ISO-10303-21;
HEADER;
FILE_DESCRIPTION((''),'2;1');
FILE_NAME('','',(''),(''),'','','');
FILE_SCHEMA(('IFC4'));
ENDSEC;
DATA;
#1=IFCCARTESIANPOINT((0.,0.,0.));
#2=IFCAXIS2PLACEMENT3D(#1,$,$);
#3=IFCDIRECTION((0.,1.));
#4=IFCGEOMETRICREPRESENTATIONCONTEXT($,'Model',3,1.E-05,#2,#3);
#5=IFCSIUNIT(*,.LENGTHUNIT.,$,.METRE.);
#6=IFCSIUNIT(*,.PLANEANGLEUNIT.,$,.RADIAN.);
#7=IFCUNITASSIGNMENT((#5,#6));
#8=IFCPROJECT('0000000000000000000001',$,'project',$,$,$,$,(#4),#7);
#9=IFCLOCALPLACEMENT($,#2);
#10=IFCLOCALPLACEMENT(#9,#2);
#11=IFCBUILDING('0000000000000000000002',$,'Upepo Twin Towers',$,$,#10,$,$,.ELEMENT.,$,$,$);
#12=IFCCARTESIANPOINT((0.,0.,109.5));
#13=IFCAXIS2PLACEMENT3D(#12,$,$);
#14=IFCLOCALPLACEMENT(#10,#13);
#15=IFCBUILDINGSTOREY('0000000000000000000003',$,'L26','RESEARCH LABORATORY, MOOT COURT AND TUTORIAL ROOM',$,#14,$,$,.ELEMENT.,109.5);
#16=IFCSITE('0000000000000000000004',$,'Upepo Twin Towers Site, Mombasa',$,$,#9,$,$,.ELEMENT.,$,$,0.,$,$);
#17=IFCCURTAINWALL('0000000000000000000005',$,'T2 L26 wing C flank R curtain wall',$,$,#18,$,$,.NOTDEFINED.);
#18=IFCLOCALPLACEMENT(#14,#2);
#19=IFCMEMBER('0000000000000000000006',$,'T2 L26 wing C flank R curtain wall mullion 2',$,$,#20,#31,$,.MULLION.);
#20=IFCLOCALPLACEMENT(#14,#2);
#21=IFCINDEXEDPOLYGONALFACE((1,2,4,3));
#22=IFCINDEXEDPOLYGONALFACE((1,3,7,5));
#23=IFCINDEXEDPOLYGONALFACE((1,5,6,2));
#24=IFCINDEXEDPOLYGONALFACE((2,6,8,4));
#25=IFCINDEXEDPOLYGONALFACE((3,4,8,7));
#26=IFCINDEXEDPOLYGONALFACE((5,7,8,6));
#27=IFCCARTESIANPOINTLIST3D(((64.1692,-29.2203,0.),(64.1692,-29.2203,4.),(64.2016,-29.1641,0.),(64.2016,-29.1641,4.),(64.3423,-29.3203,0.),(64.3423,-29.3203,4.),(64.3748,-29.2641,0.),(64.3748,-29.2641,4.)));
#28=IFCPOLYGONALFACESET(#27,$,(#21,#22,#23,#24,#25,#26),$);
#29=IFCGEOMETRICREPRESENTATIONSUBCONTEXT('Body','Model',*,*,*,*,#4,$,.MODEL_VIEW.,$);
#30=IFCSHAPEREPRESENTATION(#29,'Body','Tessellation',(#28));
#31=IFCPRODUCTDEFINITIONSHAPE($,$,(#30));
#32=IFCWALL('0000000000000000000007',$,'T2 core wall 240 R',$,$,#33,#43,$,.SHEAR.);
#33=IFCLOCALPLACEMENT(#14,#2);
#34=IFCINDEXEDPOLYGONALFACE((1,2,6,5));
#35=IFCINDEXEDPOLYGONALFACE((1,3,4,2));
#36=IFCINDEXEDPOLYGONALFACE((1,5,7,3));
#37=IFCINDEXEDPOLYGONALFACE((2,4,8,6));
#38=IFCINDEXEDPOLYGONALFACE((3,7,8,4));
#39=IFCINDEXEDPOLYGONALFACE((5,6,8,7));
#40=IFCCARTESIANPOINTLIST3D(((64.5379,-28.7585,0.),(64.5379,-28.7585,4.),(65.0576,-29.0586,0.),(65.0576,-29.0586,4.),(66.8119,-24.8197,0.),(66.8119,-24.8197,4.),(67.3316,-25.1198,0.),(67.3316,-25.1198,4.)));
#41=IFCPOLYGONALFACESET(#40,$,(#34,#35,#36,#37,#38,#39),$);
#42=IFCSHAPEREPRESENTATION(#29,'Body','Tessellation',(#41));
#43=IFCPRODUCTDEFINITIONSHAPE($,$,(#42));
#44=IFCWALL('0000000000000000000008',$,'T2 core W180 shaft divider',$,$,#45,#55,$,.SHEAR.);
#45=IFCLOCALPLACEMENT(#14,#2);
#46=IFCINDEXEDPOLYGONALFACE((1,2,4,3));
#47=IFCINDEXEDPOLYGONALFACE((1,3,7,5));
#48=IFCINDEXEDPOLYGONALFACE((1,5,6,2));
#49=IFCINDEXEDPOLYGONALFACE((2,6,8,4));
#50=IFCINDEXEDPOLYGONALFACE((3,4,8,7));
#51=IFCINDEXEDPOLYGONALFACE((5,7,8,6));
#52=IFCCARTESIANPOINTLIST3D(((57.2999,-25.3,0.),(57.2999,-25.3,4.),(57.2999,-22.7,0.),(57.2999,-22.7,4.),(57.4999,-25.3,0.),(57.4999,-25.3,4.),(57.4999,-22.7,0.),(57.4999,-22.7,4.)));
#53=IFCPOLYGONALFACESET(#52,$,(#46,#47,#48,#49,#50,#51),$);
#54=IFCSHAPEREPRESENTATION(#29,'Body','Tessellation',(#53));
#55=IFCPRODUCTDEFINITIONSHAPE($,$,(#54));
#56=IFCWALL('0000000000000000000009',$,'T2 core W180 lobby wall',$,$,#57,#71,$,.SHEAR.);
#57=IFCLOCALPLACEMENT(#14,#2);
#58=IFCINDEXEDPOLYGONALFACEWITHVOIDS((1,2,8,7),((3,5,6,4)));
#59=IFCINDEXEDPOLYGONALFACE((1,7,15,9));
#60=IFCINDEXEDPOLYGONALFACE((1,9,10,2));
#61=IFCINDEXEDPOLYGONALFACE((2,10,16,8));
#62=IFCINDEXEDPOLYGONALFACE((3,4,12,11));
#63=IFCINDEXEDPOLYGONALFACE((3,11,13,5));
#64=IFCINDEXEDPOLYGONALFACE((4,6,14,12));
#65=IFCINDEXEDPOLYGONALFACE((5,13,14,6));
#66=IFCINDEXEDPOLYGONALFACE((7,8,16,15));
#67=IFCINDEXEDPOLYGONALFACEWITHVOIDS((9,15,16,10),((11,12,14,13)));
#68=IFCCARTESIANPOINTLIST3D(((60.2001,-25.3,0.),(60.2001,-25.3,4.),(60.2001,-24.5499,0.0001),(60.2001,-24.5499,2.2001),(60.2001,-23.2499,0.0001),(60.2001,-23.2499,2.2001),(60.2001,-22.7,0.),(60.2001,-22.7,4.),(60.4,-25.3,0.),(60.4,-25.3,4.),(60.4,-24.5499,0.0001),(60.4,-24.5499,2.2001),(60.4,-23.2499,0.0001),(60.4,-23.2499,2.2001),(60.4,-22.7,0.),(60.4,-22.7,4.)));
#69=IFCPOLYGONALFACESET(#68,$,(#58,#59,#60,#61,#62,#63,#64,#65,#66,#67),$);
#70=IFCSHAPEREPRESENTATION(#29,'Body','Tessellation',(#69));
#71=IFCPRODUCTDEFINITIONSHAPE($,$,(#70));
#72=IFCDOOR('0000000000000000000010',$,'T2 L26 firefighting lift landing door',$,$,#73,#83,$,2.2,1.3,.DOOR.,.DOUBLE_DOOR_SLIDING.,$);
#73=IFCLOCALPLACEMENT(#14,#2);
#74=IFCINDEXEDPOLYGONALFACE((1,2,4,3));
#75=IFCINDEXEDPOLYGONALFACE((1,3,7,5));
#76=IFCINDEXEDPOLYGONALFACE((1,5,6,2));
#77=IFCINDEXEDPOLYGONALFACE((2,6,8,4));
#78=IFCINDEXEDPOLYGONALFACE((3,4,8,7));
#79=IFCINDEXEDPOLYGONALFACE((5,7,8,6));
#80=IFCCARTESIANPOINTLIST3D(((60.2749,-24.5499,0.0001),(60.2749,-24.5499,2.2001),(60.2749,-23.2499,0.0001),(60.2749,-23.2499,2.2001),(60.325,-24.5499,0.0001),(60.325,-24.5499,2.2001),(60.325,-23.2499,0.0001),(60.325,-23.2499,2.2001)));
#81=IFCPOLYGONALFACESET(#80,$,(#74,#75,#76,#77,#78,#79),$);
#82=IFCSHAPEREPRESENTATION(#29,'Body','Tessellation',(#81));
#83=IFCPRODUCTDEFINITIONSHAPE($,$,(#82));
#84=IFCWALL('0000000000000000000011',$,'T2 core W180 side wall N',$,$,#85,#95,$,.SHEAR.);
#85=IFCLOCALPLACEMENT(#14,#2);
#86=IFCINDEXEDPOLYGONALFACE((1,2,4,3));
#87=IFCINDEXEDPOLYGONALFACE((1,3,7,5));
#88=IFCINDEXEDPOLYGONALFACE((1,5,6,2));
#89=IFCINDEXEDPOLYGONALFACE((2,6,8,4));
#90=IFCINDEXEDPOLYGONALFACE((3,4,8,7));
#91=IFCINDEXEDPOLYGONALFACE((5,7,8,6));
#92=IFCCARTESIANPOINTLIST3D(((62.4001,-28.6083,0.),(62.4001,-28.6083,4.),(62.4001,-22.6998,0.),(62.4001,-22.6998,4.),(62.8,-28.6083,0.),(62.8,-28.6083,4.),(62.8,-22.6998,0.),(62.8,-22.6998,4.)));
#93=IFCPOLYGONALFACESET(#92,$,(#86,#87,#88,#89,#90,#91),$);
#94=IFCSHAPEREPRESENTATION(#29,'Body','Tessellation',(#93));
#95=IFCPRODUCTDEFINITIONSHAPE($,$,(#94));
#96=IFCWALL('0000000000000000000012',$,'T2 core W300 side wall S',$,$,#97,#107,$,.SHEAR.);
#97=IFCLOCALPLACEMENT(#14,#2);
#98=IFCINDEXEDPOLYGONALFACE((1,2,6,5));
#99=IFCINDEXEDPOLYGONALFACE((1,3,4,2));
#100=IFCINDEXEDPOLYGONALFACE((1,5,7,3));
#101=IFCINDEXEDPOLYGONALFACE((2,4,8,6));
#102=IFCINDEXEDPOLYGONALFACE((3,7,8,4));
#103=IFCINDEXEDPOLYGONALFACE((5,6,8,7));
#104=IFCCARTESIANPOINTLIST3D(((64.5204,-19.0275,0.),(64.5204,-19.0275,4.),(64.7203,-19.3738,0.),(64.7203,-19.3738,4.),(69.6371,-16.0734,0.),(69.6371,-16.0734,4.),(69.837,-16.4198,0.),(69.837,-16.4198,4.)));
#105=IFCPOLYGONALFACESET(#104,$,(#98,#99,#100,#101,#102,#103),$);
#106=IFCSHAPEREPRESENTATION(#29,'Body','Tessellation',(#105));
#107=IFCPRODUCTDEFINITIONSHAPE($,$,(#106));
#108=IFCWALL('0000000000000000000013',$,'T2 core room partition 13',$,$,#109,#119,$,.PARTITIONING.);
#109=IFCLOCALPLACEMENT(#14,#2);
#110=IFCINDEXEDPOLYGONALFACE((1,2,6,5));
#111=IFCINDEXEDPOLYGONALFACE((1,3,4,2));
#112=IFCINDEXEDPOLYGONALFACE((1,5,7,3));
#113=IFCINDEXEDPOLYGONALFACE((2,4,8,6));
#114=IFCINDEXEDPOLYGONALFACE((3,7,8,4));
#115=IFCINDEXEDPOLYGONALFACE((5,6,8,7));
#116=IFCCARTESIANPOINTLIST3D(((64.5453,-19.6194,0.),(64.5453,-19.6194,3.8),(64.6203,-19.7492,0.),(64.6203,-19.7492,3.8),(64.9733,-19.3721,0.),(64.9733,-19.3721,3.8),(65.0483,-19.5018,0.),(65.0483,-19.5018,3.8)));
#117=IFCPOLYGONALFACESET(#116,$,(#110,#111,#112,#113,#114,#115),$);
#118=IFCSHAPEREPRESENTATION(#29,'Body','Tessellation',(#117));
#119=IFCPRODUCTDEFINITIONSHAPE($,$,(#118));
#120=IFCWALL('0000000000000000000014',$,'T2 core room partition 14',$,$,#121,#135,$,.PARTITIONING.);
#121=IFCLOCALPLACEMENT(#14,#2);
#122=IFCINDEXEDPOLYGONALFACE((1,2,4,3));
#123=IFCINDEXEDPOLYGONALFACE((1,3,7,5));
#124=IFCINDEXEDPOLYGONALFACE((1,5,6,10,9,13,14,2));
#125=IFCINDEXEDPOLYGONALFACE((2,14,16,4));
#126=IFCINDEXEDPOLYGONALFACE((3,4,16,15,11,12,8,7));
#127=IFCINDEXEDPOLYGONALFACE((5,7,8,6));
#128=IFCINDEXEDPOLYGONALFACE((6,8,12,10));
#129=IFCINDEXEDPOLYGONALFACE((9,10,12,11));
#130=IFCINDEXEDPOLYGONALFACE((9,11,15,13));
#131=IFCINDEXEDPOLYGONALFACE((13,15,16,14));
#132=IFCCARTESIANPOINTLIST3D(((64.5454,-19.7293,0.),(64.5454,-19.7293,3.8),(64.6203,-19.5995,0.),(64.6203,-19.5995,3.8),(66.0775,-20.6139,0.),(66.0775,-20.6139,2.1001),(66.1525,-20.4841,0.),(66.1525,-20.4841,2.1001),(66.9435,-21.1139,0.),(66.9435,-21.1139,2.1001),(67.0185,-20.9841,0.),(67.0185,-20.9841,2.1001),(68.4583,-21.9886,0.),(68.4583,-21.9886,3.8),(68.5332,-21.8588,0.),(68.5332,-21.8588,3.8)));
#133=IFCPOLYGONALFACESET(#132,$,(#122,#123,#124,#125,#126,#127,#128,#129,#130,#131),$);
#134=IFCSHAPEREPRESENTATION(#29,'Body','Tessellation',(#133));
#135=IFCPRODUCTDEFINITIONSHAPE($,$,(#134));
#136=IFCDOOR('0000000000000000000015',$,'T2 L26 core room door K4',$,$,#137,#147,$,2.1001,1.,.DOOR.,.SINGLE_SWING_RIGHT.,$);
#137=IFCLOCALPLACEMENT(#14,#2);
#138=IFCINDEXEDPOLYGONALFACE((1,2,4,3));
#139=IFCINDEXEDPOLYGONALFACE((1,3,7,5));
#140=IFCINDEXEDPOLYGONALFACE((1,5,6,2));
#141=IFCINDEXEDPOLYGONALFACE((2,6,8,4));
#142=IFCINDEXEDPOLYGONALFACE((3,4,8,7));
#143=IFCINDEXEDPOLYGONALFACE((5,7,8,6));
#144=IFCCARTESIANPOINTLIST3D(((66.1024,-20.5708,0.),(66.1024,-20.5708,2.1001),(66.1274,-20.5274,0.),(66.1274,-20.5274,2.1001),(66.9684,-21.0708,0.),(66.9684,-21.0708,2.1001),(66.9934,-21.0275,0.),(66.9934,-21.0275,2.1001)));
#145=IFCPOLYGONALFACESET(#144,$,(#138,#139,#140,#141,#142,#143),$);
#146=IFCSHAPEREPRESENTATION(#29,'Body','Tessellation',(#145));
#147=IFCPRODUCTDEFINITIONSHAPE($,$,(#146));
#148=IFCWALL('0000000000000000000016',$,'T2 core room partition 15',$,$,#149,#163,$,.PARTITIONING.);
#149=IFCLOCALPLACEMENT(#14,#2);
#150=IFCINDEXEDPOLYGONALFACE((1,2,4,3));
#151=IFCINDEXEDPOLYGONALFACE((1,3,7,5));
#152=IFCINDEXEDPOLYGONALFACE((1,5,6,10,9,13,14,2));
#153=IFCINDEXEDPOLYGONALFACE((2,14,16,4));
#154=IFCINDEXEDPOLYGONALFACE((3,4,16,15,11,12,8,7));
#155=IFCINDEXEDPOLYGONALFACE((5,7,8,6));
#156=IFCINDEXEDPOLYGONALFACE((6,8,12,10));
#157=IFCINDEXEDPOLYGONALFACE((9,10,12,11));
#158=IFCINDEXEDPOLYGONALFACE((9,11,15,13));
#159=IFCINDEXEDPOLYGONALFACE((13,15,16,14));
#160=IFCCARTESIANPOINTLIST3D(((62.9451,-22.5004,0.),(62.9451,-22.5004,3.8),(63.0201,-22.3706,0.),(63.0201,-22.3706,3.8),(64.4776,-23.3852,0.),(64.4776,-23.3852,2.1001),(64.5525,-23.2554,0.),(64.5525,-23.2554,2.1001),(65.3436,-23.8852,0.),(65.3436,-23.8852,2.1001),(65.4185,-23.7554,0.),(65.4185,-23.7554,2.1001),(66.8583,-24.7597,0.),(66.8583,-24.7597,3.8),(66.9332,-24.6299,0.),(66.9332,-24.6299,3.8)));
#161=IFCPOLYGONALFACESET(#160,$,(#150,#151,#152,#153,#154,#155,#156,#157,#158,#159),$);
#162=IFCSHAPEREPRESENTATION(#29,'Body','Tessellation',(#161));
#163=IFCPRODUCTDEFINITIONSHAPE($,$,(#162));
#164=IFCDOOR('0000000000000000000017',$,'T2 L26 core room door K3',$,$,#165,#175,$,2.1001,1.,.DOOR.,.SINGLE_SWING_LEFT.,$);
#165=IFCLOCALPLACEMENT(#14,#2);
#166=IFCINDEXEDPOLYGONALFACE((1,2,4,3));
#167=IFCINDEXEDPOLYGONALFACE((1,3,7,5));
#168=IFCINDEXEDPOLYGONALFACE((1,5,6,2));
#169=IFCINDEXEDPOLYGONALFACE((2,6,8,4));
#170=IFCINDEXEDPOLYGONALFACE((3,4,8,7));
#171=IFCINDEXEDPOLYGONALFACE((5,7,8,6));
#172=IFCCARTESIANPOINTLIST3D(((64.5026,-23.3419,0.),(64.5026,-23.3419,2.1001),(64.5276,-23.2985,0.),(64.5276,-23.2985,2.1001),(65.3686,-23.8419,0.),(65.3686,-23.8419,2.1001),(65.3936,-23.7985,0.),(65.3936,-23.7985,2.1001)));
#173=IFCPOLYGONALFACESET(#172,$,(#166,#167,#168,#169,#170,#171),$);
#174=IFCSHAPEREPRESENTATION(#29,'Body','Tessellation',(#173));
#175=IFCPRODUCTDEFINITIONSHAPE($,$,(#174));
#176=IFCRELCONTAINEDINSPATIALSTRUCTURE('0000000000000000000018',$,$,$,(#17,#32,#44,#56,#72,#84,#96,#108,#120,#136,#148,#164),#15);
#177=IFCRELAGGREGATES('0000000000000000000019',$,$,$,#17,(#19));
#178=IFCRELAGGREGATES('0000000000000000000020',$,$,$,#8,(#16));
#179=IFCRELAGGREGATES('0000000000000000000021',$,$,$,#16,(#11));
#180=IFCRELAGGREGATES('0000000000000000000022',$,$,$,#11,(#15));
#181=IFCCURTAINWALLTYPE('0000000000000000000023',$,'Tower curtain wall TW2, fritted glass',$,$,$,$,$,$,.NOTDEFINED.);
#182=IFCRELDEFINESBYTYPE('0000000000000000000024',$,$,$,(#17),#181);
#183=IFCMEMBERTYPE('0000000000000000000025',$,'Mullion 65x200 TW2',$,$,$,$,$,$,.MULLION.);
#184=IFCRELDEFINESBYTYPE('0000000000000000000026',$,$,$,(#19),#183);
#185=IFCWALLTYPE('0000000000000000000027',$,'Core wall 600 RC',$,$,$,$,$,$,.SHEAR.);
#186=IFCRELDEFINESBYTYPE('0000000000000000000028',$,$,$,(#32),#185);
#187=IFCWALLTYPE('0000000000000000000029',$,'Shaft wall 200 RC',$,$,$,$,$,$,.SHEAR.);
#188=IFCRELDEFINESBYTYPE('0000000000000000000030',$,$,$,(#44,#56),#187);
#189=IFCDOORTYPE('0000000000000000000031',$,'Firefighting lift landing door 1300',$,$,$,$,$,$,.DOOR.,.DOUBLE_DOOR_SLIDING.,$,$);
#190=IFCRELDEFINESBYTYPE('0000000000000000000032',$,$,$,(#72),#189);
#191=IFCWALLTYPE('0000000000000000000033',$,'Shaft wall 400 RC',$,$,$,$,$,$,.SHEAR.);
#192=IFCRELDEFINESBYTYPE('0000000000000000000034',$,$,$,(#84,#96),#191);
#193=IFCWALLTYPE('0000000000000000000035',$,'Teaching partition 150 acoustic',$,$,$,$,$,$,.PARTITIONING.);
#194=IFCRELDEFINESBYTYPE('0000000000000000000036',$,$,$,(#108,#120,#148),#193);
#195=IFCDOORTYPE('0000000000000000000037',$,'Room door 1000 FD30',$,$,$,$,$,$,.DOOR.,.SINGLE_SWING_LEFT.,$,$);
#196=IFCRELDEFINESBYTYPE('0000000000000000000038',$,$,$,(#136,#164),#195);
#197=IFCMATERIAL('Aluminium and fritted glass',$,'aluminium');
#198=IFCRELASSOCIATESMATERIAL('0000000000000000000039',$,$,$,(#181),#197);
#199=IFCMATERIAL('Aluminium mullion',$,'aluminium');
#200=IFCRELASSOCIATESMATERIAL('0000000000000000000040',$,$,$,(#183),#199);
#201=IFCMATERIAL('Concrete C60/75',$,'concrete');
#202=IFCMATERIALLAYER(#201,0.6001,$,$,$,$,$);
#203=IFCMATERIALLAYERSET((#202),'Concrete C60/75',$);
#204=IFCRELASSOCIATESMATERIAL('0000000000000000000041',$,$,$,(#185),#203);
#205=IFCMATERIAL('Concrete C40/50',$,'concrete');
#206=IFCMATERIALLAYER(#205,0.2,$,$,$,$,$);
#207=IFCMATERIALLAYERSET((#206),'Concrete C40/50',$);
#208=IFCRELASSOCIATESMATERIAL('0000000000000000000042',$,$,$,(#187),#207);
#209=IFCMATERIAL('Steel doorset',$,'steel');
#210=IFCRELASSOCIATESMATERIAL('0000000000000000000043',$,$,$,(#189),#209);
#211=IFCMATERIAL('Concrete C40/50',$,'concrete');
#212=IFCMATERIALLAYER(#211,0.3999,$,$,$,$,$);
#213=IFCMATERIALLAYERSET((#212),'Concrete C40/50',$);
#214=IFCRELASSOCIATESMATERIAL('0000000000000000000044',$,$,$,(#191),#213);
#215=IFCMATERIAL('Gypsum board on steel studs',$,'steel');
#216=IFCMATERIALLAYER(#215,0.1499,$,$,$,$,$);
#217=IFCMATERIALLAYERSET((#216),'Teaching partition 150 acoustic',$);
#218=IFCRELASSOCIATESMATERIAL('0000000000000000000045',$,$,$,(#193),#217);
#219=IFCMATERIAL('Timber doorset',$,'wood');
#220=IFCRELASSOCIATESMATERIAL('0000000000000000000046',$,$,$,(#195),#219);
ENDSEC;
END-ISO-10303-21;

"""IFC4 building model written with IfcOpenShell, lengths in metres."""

from ifc_helpers import new_model, si_unit, direction, frame, frame_2d, origin, origin_2d, place, context, subcontext, project, spatial, rectangle, extrude, material, layer, layer_set, material_profile, profile_set, type_object, element, fill, aggregate, save


model = new_model("IFC4")

# Units and contexts
model_context = context("Model", 3, precision=1e-05, world=origin(), true_north=direction((0.0, 1.0)))
body_context = subcontext(model_context, "Body", "Model", "MODEL_VIEW")
ifc_project = project(units=[si_unit("LENGTHUNIT", "METRE"), si_unit("PLANEANGLEUNIT", "RADIAN")], contexts=[model_context])

# Site, building, storey
site_placement = place(None, origin())
site = spatial("IfcSite", under=ifc_project, at=site_placement, Name="Upepo Twin Towers Site, Mombasa", CompositionType="ELEMENT", RefElevation=0.0)
building_placement = place(site_placement, origin())
building = spatial("IfcBuilding", under=site, at=building_placement, Name="Upepo Twin Towers", CompositionType="ELEMENT")
storey_placement = place(building_placement, frame((0.0, 0.0, 109.5)))
storey = spatial("IfcBuildingStorey", under=building, at=storey_placement, Name="L26", Description="RESEARCH LABORATORY, MOOT COURT AND TUTORIAL ROOM", CompositionType="ELEMENT", Elevation=109.5)

# Curtain wall, member
ifc_material_1 = material(Name="Aluminium and fritted glass", Category="aluminium")
curtain_wall_type = type_object("IfcCurtainWallType", Name="Tower curtain wall TW2, fritted glass", PredefinedType="NOTDEFINED", material=ifc_material_1)
curtain_wall_placement = place(storey_placement, origin())
curtain_wall = element("IfcCurtainWall", 1, at=curtain_wall_placement, inside=storey, type_object=curtain_wall_type, Name="T2 L26 wing C flank R curtain wall", PredefinedType="NOTDEFINED")
ifc_material_2 = material(Name="Aluminium mullion", Category="aluminium")
ifc_material_profile = material_profile(ifc_material_2, rectangle(XDim=0.0649, YDim=0.2, at=origin_2d()), Name="MULLION 65x200")
ifc_profile_set = profile_set([ifc_material_profile], Name="Aluminium mullion")
member_type = type_object("IfcMemberType", Name="Mullion 65x200 TW2", PredefinedType="MULLION", material=ifc_profile_set)
member_placement = place(storey_placement, frame((64.272, -29.2422, 0.0), z_axis=(0.0, 0.0, 1.0), x_axis=(-0.5, -0.866025, 0.0)))
member = element("IfcMember", 2, at=member_placement, type_object=member_type, Name="T2 L26 wing C flank R curtain wall mullion 2", PredefinedType="MULLION", context=body_context, shape_type="SweptSolid", body=[
    extrude(rectangle(XDim=0.0649, YDim=0.2, at=origin_2d()), origin(), (0.0, 0.0, 1.0), 4.0),
])
aggregate(curtain_wall, [member])

# Walls
ifc_material_3 = material(Name="Concrete C60/75", Category="concrete")
ifc_layer_1 = layer(ifc_material_3, 0.6001)
ifc_layer_set_1 = layer_set([ifc_layer_1], Name="Concrete C60/75")
wall_type_1 = type_object("IfcWallType", Name="Core wall 600 RC", PredefinedType="SHEAR", material=ifc_layer_set_1)
wall_1_placement = place(storey_placement, frame((64.7979, -28.9084, 0.0), z_axis=(0.0, 0.0, 1.0), x_axis=(0.499984, 0.866035, 0.0)))
element("IfcWall", 3, at=wall_1_placement, inside=storey, type_object=wall_type_1, Name="T2 core wall 240 R", PredefinedType="SHEAR", context=body_context, shape_type="SweptSolid", body=[
    extrude(rectangle(XDim=4.5481, YDim=0.6001, at=frame_2d((2.2739, 0.0))), origin(), (0.0, 0.0, 1.0), 4.0),
])
ifc_material_4 = material(Name="Concrete C40/50", Category="concrete")
ifc_layer_2 = layer(ifc_material_4, 0.2)
ifc_layer_set_2 = layer_set([ifc_layer_2], Name="Concrete C40/50")
wall_type_2 = type_object("IfcWallType", Name="Shaft wall 200 RC", PredefinedType="SHEAR", material=ifc_layer_set_2)
wall_2_placement = place(storey_placement, frame((57.3999, -22.7, 0.0), z_axis=(0.0, 0.0, 1.0), x_axis=(0.0, -1.0, 0.0)))
element("IfcWall", 4, at=wall_2_placement, inside=storey, type_object=wall_type_2, Name="T2 core W180 shaft divider", PredefinedType="SHEAR", context=body_context, shape_type="SweptSolid", body=[
    extrude(rectangle(XDim=2.6001, YDim=0.2, at=frame_2d((1.3, 0.0))), origin(), (0.0, 0.0, 1.0), 4.0),
])

# Wall, opening, door
wall_3_placement = place(storey_placement, frame((60.3, -22.7, 0.0), z_axis=(0.0, 0.0, 1.0), x_axis=(0.0, -1.0, 0.0)))
wall_3 = element("IfcWall", 5, at=wall_3_placement, inside=storey, type_object=wall_type_2, Name="T2 core W180 lobby wall", PredefinedType="SHEAR", context=body_context, shape_type="SweptSolid", body=[
    extrude(rectangle(XDim=2.6001, YDim=0.2, at=frame_2d((1.3, 0.0))), origin(), (0.0, 0.0, 1.0), 4.0),
])
opening_1_placement = place(wall_3_placement, frame((0.55, 0.0, 0.0)))
opening_1 = element("IfcOpeningElement", 6, at=opening_1_placement, cuts=wall_3, PredefinedType="OPENING", context=body_context, shape_type="SweptSolid", body=[
    extrude(rectangle(XDim=1.3, YDim=2.2, at=frame_2d((0.6499, 1.1001))), frame((0.0, 0.1099, 0.0), z_axis=(0.0, -1.0, 0.0), x_axis=(1.0, 0.0, 0.0)), (0.0, 0.0, 1.0), 0.22),
])
ifc_material_5 = material(Name="Steel doorset", Category="steel")
door_type_1 = type_object("IfcDoorType", Name="Firefighting lift landing door 1300", OperationType="DOUBLE_DOOR_SLIDING", PredefinedType="DOOR", material=ifc_material_5)
door_1_placement = place(opening_1_placement, origin())
door_1 = element("IfcDoor", 7, at=door_1_placement, inside=storey, type_object=door_type_1, Name="T2 L26 firefighting lift landing door", OperationType="DOUBLE_DOOR_SLIDING", OverallHeight=2.2, OverallWidth=1.3, PredefinedType="DOOR", context=body_context, shape_type="SweptSolid", body=[
    extrude(rectangle(XDim=1.3, YDim=2.2, at=frame_2d((0.6499, 1.1001))), frame((0.0, 0.0249, 0.0), z_axis=(0.0, -1.0, 0.0), x_axis=(1.0, 0.0, 0.0)), (0.0, 0.0, 1.0), 0.05),
])
fill(opening_1, door_1)

# Walls
ifc_material_6 = material(Name="Concrete C40/50", Category="concrete")
ifc_layer_3 = layer(ifc_material_6, 0.3999)
ifc_layer_set_3 = layer_set([ifc_layer_3], Name="Concrete C40/50")
wall_type_3 = type_object("IfcWallType", Name="Shaft wall 400 RC", PredefinedType="SHEAR", material=ifc_layer_set_3)
wall_4_placement = place(storey_placement, frame((62.6001, -22.7, 0.0), z_axis=(0.0, 0.0, 1.0), x_axis=(0.0, -1.0, 0.0)))
element("IfcWall", 8, at=wall_4_placement, inside=storey, type_object=wall_type_3, Name="T2 core W180 side wall N", PredefinedType="SHEAR", context=body_context, shape_type="SweptSolid", body=[
    extrude(rectangle(XDim=5.9084, YDim=0.3999, at=frame_2d((2.9541, 0.0))), origin(), (0.0, 0.0, 1.0), 4.0),
])
wall_5_placement = place(storey_placement, frame((64.6204, -19.2007, 0.0), z_axis=(0.0, 0.0, 1.0), x_axis=(0.866027, 0.499997, 0.0)))
element("IfcWall", 9, at=wall_5_placement, inside=storey, type_object=wall_type_3, Name="T2 core W300 side wall S", PredefinedType="SHEAR", context=body_context, shape_type="SweptSolid", body=[
    extrude(rectangle(XDim=5.9082, YDim=0.3999, at=frame_2d((2.9541, 0.0))), origin(), (0.0, 0.0, 1.0), 4.0),
])
ifc_material_7 = material(Name="Gypsum board on steel studs", Category="steel")
ifc_layer_4 = layer(ifc_material_7, 0.1499)
ifc_layer_set_4 = layer_set([ifc_layer_4], Name="Teaching partition 150 acoustic")
wall_type_4 = type_object("IfcWallType", Name="Teaching partition 150 acoustic", PredefinedType="PARTITIONING", material=ifc_layer_set_4)
wall_6_placement = place(storey_placement, frame((65.0107, -19.437, 0.0), z_axis=(0.0, 0.0, 1.0), x_axis=(-0.865832, -0.500335, 0.0)))
element("IfcWall", 10, at=wall_6_placement, inside=storey, type_object=wall_type_4, Name="T2 core room partition 13", PredefinedType="PARTITIONING", context=body_context, shape_type="SweptSolid", body=[
    extrude(rectangle(XDim=0.4944, YDim=0.1499, at=frame_2d((0.2471, 0.0))), origin(), (0.0, 0.0, 1.0), 3.8),
])

# Walls, openings, doors
wall_7_placement = place(storey_placement, frame((64.5828, -19.6643, 0.0), z_axis=(0.0, 0.0, 1.0), x_axis=(0.866007, -0.500033, 0.0)))
wall_7 = element("IfcWall", 11, at=wall_7_placement, inside=storey, type_object=wall_type_4, Name="T2 core room partition 14", PredefinedType="PARTITIONING", context=body_context, shape_type="SweptSolid", body=[
    extrude(rectangle(XDim=4.5183, YDim=0.1499, at=frame_2d((2.2593, 0.0))), origin(), (0.0, 0.0, 1.0), 3.8),
])
opening_2_placement = place(wall_7_placement, frame((1.7693, 0.0, 0.0)))
opening_2 = element("IfcOpeningElement", 12, at=opening_2_placement, cuts=wall_7, PredefinedType="OPENING", context=body_context, shape_type="SweptSolid", body=[
    extrude(rectangle(XDim=1.0, YDim=2.1001, at=frame_2d((0.5, 1.05))), frame((0.0, 0.085, 0.0), z_axis=(0.0, -1.0, 0.0), x_axis=(1.0, 0.0, 0.0)), (0.0, 0.0, 1.0), 0.1699),
])
ifc_material_8 = material(Name="Timber doorset", Category="wood")
door_type_2 = type_object("IfcDoorType", Name="Room door 1000 FD30", OperationType="SINGLE_SWING_LEFT", PredefinedType="DOOR", material=ifc_material_8)
door_2_placement = place(opening_2_placement, origin())
door_2 = element("IfcDoor", 13, at=door_2_placement, inside=storey, type_object=door_type_2, Name="T2 L26 core room door K4", OperationType="SINGLE_SWING_RIGHT", OverallHeight=2.1001, OverallWidth=1.0, PredefinedType="DOOR", context=body_context, shape_type="SweptSolid", body=[
    extrude(rectangle(XDim=1.0, YDim=2.1001, at=frame_2d((0.5, 1.05))), frame((0.0, 0.0249, 0.0), z_axis=(0.0, -1.0, 0.0), x_axis=(1.0, 0.0, 0.0)), (0.0, 0.0, 1.0), 0.05),
])
fill(opening_2, door_2)
wall_8_placement = place(storey_placement, frame((66.8958, -24.6948, 0.0), z_axis=(0.0, 0.0, 1.0), x_axis=(-0.86602, 0.500009, 0.0)))
wall_8 = element("IfcWall", 14, at=wall_8_placement, inside=storey, type_object=wall_type_4, Name="T2 core room partition 15", PredefinedType="PARTITIONING", context=body_context, shape_type="SweptSolid", body=[
    extrude(rectangle(XDim=4.5186, YDim=0.1499, at=frame_2d((2.2593, 0.0))), origin(), (0.0, 0.0, 1.0), 3.8),
])
opening_3_placement = place(wall_8_placement, frame((1.749, 0.0, 0.0)))
opening_3 = element("IfcOpeningElement", 15, at=opening_3_placement, cuts=wall_8, PredefinedType="OPENING", context=body_context, shape_type="SweptSolid", body=[
    extrude(rectangle(XDim=1.0, YDim=2.1001, at=frame_2d((0.5, 1.05))), frame((0.0, 0.085, 0.0), z_axis=(0.0, -1.0, 0.0), x_axis=(1.0, 0.0, 0.0)), (0.0, 0.0, 1.0), 0.1699),
])
door_3_placement = place(opening_3_placement, origin())
door_3 = element("IfcDoor", 16, at=door_3_placement, inside=storey, type_object=door_type_2, Name="T2 L26 core room door K3", OperationType="SINGLE_SWING_LEFT", OverallHeight=2.1001, OverallWidth=1.0, PredefinedType="DOOR", context=body_context, shape_type="SweptSolid", body=[
    extrude(rectangle(XDim=1.0, YDim=2.1001, at=frame_2d((0.5, 1.05))), frame((0.0, 0.0249, 0.0), z_axis=(0.0, -1.0, 0.0), x_axis=(1.0, 0.0, 0.0)), (0.0, 0.0, 1.0), 0.05),
])
fill(opening_3, door_3)

save(model, "model.ifc")
